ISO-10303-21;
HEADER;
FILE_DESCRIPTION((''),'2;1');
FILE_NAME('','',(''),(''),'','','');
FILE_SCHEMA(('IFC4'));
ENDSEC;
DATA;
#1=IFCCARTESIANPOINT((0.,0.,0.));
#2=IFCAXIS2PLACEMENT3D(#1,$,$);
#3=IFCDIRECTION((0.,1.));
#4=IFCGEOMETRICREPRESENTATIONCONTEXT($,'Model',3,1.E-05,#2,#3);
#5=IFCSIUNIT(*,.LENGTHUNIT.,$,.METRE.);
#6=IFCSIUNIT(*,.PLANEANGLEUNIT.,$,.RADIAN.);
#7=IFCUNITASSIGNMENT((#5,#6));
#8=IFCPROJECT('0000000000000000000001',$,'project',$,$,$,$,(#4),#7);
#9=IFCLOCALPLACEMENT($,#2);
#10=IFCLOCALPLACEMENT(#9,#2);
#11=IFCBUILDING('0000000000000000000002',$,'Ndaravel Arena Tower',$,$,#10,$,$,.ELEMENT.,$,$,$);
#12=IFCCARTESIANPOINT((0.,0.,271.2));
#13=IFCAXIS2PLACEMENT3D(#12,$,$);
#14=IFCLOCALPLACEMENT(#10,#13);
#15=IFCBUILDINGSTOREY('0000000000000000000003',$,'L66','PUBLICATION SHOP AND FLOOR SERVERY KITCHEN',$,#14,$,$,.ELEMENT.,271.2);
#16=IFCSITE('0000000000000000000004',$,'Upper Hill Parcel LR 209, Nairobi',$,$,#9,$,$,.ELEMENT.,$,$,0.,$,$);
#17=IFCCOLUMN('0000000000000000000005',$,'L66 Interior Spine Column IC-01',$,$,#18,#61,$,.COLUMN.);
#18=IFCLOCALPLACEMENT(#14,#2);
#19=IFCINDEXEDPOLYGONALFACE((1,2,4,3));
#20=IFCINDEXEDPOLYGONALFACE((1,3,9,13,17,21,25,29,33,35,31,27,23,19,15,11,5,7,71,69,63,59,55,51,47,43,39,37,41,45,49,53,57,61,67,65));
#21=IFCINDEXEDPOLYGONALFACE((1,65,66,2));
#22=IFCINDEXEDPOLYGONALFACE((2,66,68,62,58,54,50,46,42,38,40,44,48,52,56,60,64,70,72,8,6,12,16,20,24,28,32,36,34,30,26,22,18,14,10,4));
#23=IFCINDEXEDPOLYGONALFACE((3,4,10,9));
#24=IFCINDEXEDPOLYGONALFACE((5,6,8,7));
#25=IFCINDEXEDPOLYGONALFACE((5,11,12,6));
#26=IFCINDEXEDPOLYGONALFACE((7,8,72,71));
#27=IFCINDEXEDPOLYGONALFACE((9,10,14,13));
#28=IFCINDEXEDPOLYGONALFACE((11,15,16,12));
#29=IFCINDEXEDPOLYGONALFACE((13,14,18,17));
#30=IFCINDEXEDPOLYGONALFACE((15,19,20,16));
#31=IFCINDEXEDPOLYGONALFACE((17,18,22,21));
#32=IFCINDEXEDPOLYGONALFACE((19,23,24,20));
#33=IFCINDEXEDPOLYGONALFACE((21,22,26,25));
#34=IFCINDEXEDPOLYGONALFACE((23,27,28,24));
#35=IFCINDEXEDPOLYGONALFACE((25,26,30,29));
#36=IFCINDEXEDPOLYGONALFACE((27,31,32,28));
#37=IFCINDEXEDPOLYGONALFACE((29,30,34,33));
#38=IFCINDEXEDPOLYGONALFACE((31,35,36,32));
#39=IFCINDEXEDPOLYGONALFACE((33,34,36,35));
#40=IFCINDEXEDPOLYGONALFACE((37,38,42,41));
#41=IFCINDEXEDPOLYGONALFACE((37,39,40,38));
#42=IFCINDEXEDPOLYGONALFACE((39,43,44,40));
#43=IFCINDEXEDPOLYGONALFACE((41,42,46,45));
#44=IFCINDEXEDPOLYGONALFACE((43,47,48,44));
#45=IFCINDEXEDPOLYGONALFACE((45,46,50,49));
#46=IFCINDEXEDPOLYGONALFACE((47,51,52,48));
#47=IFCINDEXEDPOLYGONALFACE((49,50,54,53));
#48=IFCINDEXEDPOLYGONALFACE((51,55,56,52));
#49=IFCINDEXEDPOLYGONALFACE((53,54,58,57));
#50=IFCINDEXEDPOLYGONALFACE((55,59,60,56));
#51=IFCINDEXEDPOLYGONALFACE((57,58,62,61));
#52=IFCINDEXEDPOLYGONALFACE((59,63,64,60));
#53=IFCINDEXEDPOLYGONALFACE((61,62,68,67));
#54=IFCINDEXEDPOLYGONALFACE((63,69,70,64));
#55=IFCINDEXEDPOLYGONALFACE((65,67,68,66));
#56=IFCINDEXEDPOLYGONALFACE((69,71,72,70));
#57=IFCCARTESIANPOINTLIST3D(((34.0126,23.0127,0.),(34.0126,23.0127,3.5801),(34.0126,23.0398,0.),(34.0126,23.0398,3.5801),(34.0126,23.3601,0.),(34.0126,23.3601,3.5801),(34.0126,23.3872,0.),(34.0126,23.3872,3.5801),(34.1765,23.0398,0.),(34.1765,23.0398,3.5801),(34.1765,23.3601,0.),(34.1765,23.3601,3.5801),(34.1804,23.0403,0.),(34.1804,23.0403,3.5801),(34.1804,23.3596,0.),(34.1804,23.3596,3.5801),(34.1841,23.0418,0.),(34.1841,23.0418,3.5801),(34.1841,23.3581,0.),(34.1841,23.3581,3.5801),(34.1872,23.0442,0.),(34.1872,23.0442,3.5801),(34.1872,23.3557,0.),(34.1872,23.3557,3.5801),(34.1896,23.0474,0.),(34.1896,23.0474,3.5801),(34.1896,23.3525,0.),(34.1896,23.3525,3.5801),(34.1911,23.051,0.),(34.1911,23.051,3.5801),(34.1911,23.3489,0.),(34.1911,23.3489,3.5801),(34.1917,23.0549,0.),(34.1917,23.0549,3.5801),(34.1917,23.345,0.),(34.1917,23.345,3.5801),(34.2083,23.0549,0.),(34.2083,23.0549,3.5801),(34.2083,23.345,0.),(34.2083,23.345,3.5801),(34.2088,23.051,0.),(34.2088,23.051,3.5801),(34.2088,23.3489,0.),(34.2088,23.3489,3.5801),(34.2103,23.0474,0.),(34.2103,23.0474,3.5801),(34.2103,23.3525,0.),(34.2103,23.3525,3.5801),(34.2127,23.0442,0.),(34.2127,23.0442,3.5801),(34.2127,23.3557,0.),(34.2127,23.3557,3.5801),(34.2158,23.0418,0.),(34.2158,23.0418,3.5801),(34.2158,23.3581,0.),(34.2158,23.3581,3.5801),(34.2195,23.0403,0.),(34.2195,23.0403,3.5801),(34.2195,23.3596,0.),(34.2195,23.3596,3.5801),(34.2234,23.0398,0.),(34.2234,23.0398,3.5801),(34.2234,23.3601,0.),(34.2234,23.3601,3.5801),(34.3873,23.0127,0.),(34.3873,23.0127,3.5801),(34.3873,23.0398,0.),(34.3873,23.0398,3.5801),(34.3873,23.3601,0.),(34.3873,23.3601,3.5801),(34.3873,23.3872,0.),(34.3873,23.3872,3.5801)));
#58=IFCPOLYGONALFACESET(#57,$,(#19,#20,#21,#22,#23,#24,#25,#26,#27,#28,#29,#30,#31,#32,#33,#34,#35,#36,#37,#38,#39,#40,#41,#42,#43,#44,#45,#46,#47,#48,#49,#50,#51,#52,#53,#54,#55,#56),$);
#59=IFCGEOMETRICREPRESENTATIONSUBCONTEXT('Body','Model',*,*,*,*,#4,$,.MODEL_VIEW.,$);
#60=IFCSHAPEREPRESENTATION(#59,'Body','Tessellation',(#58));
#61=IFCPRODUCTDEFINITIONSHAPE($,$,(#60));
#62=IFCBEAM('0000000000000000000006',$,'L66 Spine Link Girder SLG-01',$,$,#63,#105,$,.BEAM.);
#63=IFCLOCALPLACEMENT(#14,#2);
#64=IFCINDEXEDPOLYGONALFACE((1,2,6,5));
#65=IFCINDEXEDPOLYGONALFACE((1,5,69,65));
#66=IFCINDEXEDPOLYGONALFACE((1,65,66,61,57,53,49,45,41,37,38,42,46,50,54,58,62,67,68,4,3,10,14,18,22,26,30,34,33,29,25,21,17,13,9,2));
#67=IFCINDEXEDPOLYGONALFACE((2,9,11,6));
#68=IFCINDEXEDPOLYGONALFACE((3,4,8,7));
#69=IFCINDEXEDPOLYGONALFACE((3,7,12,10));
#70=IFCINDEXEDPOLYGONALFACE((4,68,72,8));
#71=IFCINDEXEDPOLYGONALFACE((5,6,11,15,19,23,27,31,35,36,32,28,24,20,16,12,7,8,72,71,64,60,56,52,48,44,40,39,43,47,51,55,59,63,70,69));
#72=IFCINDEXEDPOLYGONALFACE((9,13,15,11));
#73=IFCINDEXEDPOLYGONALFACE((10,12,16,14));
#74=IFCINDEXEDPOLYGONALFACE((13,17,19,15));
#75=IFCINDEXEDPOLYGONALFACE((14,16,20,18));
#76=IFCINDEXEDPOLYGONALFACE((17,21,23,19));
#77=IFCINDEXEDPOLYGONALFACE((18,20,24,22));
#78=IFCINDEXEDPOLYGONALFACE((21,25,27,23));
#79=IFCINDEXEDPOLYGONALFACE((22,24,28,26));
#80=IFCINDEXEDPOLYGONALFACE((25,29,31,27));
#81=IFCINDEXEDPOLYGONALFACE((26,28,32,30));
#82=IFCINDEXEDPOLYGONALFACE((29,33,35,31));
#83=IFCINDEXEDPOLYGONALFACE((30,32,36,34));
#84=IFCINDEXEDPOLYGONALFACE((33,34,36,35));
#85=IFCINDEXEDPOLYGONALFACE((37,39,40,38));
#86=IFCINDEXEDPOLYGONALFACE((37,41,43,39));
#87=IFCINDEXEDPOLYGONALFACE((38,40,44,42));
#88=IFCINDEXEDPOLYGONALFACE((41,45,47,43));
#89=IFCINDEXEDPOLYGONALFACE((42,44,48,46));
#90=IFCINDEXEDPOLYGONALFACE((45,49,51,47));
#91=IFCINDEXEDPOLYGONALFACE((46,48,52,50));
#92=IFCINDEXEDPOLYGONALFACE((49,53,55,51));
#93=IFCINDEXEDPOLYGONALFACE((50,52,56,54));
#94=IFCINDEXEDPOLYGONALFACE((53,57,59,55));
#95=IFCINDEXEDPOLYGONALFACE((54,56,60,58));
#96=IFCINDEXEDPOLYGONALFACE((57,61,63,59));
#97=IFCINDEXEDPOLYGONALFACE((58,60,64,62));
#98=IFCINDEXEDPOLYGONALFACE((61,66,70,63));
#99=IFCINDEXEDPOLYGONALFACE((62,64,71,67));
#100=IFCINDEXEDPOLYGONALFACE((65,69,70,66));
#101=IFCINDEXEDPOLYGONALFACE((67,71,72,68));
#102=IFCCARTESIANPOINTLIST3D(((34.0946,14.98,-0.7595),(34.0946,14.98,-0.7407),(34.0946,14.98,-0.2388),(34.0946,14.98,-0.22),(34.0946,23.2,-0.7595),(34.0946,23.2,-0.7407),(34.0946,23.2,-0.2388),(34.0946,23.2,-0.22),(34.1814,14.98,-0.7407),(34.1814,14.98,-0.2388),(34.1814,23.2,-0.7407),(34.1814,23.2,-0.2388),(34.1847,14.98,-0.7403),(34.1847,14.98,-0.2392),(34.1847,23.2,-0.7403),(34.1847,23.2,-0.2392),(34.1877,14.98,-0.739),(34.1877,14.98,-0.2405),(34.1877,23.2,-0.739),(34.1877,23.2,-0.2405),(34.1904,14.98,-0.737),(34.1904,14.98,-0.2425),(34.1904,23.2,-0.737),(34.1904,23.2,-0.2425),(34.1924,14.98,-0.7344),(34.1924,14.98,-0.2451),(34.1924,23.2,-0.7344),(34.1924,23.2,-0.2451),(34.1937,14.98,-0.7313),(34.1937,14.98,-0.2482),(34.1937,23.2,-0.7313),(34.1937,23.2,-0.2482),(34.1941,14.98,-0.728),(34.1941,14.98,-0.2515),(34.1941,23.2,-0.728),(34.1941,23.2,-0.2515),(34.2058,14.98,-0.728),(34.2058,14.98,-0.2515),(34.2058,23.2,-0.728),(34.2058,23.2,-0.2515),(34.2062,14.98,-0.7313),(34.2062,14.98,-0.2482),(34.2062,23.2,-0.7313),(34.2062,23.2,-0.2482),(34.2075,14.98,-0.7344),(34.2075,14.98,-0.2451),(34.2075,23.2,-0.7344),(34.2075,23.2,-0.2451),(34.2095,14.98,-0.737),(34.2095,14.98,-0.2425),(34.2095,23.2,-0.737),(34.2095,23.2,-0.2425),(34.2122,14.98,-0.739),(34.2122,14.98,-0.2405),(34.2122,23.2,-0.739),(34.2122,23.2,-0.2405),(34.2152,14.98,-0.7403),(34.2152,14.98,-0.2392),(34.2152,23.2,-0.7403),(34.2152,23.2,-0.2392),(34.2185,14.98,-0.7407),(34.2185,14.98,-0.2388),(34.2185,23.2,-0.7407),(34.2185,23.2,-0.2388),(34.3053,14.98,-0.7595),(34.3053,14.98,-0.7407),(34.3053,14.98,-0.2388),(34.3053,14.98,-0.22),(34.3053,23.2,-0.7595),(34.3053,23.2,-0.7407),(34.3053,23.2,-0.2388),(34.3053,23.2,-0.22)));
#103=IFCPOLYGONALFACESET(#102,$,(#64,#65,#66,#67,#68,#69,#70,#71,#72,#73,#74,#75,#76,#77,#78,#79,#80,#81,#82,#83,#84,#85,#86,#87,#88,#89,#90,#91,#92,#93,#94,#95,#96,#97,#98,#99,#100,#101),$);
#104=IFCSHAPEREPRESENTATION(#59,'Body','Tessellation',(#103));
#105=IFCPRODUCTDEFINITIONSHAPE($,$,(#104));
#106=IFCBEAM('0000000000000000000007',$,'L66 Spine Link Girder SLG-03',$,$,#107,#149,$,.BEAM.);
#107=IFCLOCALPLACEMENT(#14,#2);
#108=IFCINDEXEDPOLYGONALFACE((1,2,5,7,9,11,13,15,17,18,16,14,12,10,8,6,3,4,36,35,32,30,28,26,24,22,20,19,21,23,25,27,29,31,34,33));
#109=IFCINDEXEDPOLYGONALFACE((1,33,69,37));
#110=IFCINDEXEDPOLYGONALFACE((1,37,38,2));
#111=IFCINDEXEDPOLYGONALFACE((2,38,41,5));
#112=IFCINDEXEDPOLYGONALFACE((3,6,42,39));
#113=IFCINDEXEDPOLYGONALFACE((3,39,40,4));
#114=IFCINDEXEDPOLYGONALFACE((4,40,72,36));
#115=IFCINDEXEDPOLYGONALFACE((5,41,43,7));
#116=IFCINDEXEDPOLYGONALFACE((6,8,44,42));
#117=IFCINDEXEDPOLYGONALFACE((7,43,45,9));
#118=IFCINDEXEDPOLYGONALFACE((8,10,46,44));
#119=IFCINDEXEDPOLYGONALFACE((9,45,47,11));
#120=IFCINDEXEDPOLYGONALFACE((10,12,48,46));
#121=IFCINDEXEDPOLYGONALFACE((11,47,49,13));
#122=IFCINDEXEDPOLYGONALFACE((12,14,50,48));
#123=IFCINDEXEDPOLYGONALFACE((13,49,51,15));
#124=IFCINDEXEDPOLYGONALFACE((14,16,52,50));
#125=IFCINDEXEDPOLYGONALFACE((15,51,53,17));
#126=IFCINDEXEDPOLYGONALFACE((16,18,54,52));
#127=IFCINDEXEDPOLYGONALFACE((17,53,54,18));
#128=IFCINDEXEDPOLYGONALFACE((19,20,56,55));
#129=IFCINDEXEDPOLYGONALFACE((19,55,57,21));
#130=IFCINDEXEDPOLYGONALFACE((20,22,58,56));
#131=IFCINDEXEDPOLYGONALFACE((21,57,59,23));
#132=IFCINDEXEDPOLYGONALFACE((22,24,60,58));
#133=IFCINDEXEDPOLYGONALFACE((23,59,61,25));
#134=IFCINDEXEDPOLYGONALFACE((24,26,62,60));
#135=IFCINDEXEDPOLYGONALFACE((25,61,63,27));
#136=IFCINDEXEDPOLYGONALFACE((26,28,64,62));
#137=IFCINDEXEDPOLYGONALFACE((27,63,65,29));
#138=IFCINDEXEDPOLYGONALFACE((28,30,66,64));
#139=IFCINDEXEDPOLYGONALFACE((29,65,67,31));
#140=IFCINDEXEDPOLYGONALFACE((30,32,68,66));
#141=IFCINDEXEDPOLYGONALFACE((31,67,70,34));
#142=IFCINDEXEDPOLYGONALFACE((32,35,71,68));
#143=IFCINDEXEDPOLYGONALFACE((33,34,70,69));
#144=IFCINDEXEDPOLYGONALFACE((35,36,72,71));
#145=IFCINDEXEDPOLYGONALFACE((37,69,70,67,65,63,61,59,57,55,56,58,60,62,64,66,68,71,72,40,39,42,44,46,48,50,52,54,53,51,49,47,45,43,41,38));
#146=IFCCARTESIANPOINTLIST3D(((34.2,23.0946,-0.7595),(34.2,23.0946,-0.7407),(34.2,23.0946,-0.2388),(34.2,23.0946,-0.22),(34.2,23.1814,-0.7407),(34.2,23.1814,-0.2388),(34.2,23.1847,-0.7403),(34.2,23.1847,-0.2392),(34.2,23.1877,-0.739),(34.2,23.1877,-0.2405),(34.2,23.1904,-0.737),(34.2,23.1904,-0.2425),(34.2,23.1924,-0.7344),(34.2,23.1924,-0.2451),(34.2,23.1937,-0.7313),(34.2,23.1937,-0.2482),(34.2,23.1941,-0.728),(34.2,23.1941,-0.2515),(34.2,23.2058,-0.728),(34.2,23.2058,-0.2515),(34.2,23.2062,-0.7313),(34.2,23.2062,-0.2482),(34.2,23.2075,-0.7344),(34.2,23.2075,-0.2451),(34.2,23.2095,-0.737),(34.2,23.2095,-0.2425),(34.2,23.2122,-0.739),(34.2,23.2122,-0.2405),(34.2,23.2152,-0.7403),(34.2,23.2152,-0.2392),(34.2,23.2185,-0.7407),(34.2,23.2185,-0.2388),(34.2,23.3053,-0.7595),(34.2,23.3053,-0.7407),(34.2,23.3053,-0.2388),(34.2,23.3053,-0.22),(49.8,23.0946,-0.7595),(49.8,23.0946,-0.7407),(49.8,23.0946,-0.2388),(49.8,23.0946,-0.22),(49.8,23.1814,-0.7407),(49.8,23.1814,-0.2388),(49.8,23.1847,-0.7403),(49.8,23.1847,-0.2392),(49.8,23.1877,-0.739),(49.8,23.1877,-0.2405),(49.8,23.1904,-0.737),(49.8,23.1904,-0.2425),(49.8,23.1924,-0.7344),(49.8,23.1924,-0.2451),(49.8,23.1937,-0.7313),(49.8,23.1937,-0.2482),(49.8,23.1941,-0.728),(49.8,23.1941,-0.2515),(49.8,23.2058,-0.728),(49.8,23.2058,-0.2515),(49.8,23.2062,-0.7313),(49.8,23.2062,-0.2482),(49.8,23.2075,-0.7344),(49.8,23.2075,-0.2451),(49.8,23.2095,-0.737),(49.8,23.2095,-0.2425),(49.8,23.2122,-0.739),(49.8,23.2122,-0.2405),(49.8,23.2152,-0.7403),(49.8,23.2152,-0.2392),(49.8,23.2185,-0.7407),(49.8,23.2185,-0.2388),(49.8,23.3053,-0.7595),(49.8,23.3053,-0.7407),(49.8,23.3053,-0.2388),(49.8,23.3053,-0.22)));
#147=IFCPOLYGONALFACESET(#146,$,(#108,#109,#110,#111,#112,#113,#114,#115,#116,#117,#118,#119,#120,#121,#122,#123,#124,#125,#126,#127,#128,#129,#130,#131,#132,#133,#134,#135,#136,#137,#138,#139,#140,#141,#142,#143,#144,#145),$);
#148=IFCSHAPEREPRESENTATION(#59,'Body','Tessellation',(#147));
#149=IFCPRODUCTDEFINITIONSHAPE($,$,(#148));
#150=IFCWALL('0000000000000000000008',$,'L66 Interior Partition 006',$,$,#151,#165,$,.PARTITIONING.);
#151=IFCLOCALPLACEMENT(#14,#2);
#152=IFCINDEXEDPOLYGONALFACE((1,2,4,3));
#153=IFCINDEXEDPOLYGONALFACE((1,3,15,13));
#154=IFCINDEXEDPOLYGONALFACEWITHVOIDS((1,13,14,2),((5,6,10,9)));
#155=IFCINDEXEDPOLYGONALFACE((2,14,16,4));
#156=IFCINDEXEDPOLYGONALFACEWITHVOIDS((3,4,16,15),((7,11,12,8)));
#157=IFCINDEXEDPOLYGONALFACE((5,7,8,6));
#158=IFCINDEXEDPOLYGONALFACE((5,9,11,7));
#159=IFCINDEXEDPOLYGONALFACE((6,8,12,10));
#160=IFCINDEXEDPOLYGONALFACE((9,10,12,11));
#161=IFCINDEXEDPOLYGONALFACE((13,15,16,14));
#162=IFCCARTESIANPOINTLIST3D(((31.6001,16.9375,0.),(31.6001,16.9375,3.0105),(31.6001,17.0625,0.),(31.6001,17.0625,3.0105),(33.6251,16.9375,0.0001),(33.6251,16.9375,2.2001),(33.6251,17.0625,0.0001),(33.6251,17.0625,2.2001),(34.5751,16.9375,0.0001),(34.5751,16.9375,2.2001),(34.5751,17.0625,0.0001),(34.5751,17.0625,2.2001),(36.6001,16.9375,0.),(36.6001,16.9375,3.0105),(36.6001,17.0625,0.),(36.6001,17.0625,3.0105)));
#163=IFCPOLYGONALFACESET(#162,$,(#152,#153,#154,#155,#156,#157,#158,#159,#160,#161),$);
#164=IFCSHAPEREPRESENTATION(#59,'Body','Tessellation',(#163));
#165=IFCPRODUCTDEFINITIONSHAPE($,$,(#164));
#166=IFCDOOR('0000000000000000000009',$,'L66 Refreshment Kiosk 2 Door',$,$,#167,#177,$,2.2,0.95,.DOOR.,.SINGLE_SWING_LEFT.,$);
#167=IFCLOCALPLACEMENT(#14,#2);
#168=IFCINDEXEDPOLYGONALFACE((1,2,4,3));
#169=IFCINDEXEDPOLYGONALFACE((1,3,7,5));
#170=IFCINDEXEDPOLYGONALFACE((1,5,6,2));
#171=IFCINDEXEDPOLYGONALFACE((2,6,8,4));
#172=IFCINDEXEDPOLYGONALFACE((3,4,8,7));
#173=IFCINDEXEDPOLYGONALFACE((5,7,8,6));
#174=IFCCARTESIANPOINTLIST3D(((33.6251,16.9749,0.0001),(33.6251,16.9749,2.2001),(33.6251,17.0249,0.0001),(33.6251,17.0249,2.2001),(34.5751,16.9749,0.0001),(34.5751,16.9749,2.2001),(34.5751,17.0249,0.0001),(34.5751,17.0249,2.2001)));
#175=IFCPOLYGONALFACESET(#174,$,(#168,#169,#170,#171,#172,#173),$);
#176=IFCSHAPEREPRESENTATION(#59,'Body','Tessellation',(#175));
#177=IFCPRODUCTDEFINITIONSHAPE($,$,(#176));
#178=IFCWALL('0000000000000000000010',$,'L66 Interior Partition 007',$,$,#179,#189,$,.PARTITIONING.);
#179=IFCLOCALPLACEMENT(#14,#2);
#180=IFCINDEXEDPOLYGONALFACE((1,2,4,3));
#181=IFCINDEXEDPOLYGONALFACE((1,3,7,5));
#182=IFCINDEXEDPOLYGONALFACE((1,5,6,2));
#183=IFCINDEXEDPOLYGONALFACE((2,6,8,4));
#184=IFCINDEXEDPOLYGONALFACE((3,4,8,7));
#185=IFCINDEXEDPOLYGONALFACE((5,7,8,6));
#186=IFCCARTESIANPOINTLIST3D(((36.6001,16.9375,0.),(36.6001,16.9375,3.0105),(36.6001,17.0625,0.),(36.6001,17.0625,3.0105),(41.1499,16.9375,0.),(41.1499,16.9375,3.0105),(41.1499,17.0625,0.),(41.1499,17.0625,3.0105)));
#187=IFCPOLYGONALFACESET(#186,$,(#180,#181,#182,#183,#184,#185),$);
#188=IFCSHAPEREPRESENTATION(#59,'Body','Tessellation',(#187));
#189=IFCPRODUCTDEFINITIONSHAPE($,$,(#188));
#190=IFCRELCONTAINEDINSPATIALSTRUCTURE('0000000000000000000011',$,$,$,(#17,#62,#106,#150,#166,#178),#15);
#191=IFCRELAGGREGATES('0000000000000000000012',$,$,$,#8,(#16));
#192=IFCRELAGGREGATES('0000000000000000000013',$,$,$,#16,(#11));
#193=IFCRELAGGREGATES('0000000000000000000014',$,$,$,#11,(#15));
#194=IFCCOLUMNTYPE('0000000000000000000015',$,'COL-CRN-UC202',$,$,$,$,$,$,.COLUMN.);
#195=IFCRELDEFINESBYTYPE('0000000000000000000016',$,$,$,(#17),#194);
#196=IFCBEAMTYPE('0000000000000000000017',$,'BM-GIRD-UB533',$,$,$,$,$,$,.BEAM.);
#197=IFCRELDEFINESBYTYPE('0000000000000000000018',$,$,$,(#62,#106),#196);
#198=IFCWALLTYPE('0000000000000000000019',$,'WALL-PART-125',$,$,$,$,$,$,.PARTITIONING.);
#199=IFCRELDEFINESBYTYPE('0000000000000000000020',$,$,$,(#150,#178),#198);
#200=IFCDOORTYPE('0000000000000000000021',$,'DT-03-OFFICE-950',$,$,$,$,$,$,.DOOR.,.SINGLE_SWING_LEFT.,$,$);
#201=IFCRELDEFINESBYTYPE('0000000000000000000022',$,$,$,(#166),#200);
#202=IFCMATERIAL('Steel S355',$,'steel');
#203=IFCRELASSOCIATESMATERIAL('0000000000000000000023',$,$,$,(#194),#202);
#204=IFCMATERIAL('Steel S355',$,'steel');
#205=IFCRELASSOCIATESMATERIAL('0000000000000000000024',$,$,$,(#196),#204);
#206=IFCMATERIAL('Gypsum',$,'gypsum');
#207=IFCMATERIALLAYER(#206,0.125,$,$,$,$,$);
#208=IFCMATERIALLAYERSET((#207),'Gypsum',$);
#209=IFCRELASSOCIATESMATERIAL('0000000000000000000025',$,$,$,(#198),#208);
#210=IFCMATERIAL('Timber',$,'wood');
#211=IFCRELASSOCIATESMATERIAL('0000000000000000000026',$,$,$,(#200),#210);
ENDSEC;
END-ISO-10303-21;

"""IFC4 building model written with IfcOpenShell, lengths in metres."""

from ifc_helpers import new_model, si_unit, direction, frame, frame_2d, origin, origin_2d, place, context, subcontext, project, spatial, rectangle, i_section, extrude, material, layer, layer_set, material_profile, profile_set, type_object, element, fill, save


model = new_model("IFC4")

# Units and contexts
model_context = context("Model", 3, precision=1e-05, world=origin(), true_north=direction((0.0, 1.0)))
body_context = subcontext(model_context, "Body", "Model", "MODEL_VIEW")
ifc_project = project(units=[si_unit("LENGTHUNIT", "METRE"), si_unit("PLANEANGLEUNIT", "RADIAN")], contexts=[model_context])

# Site, building, storey
site_placement = place(None, origin())
site = spatial("IfcSite", under=ifc_project, at=site_placement, Name="Upper Hill Parcel LR 209, Nairobi", CompositionType="ELEMENT", RefElevation=0.0)
building_placement = place(site_placement, origin())
building = spatial("IfcBuilding", under=site, at=building_placement, Name="Ndaravel Arena Tower", CompositionType="ELEMENT")
storey_placement = place(building_placement, frame((0.0, 0.0, 271.2)))
storey = spatial("IfcBuildingStorey", under=building, at=storey_placement, Name="L66", Description="PUBLICATION SHOP AND FLOOR SERVERY KITCHEN", CompositionType="ELEMENT", Elevation=271.2)

# Column
ifc_material_1 = material(Name="Steel S355", Category="steel")
ifc_material_profile_1 = material_profile(ifc_material_1, i_section(OverallWidth=0.3748, OverallDepth=0.3745, WebThickness=0.0166, FlangeThickness=0.0271, FilletRadius=0.0151, at=origin_2d()), Name="UC 356x368x202")
ifc_profile_set_1 = profile_set([ifc_material_profile_1], Name="Steel S355")
column_type = type_object("IfcColumnType", Name="COL-CRN-UC202", PredefinedType="COLUMN", material=ifc_profile_set_1)
column_placement = place(storey_placement, frame((34.2, 23.2, 0.0), z_axis=(0.0, 0.0, 1.0), x_axis=(1.0, 0.0, 0.0)))
element("IfcColumn", 1, at=column_placement, inside=storey, type_object=column_type, Name="L66 Interior Spine Column IC-01", PredefinedType="COLUMN", context=body_context, shape_type="SweptSolid", body=[
    extrude(i_section(OverallWidth=0.3748, OverallDepth=0.3745, WebThickness=0.0166, FlangeThickness=0.0271, FilletRadius=0.0151, at=origin_2d()), origin(), (0.0, 0.0, 1.0), 3.5801),
])

# Beams
ifc_material_2 = material(Name="Steel S355", Category="steel")
ifc_material_profile_2 = material_profile(ifc_material_2, i_section(OverallWidth=0.2107, OverallDepth=0.5396, WebThickness=0.0117, FlangeThickness=0.0188, FilletRadius=0.0127, at=origin_2d()), Name="UB 533x210x109")
ifc_profile_set_2 = profile_set([ifc_material_profile_2], Name="Steel S355")
beam_type = type_object("IfcBeamType", Name="BM-GIRD-UB533", PredefinedType="BEAM", material=ifc_profile_set_2)
beam_1_placement = place(storey_placement, frame((34.2, 14.98, -0.4897), z_axis=(0.0, 1.0, 0.0), x_axis=(-1.0, 0.0, 0.0)))
element("IfcBeam", 2, at=beam_1_placement, inside=storey, type_object=beam_type, Name="L66 Spine Link Girder SLG-01", PredefinedType="BEAM", context=body_context, shape_type="SweptSolid", body=[
    extrude(i_section(OverallWidth=0.2107, OverallDepth=0.5396, WebThickness=0.0117, FlangeThickness=0.0188, FilletRadius=0.0127, at=origin_2d()), origin(), (0.0, 0.0, 1.0), 8.22),
])
beam_2_placement = place(storey_placement, frame((34.2, 23.2, -0.4897), z_axis=(1.0, 0.0, 0.0), x_axis=(0.0, 1.0, 0.0)))
element("IfcBeam", 3, at=beam_2_placement, inside=storey, type_object=beam_type, Name="L66 Spine Link Girder SLG-03", PredefinedType="BEAM", context=body_context, shape_type="SweptSolid", body=[
    extrude(i_section(OverallWidth=0.2107, OverallDepth=0.5396, WebThickness=0.0117, FlangeThickness=0.0188, FilletRadius=0.0127, at=origin_2d()), origin(), (0.0, 0.0, 1.0), 15.6001),
])

# Wall, opening, door
ifc_material_3 = material(Name="Gypsum", Category="gypsum")
ifc_layer_1 = layer(ifc_material_3, 0.125)
ifc_layer_set_1 = layer_set([ifc_layer_1], Name="Gypsum")
wall_type_1 = type_object("IfcWallType", Name="WALL-PART-125", PredefinedType="PARTITIONING", material=ifc_layer_set_1)
wall_1_placement = place(storey_placement, frame((31.6001, 17.0, 0.0), z_axis=(0.0, 0.0, 1.0), x_axis=(1.0, 0.0, 0.0)))
wall_1 = element("IfcWall", 4, at=wall_1_placement, inside=storey, type_object=wall_type_1, Name="L66 Interior Partition 006", PredefinedType="PARTITIONING", context=body_context, shape_type="SweptSolid", body=[
    extrude(rectangle(XDim=5.0, YDim=0.125, at=frame_2d((2.5, 0.0))), origin(), (0.0, 0.0, 1.0), 3.0105),
])
opening_1_placement = place(wall_1_placement, frame((2.0249, 0.0, 0.0)))
opening_1 = element("IfcOpeningElement", 5, at=opening_1_placement, cuts=wall_1, PredefinedType="OPENING", context=body_context, shape_type="SweptSolid", body=[
    extrude(rectangle(XDim=0.95, YDim=2.2, at=frame_2d((0.4751, 1.1001))), frame((0.0, 0.0625, 0.0), z_axis=(0.0, -1.0, 0.0), x_axis=(1.0, 0.0, 0.0)), (0.0, 0.0, 1.0), 0.125),
])
ifc_material_4 = material(Name="Timber", Category="wood")
door_type = type_object("IfcDoorType", Name="DT-03-OFFICE-950", OperationType="SINGLE_SWING_LEFT", PredefinedType="DOOR", material=ifc_material_4)
door_1_placement = place(opening_1_placement, origin())
door_1 = element("IfcDoor", 6, at=door_1_placement, inside=storey, type_object=door_type, Name="L66 Refreshment Kiosk 2 Door", OperationType="SINGLE_SWING_LEFT", OverallHeight=2.2, OverallWidth=0.95, PredefinedType="DOOR", context=body_context, shape_type="SweptSolid", body=[
    extrude(rectangle(XDim=0.95, YDim=2.2, at=frame_2d((0.4751, 1.1001))), frame((0.0, 0.0249, 0.0), z_axis=(0.0, -1.0, 0.0), x_axis=(1.0, 0.0, 0.0)), (0.0, 0.0, 1.0), 0.05),
])
fill(opening_1, door_1)

# Wall
wall_2_placement = place(storey_placement, frame((36.6001, 17.0, 0.0), z_axis=(0.0, 0.0, 1.0), x_axis=(1.0, 0.0, 0.0)))
element("IfcWall", 7, at=wall_2_placement, inside=storey, type_object=wall_type_1, Name="L66 Interior Partition 007", PredefinedType="PARTITIONING", context=body_context, shape_type="SweptSolid", body=[
    extrude(rectangle(XDim=4.5498, YDim=0.125, at=frame_2d((2.2749, 0.0))), origin(), (0.0, 0.0, 1.0), 3.0105),
])

save(model, "model.ifc")
